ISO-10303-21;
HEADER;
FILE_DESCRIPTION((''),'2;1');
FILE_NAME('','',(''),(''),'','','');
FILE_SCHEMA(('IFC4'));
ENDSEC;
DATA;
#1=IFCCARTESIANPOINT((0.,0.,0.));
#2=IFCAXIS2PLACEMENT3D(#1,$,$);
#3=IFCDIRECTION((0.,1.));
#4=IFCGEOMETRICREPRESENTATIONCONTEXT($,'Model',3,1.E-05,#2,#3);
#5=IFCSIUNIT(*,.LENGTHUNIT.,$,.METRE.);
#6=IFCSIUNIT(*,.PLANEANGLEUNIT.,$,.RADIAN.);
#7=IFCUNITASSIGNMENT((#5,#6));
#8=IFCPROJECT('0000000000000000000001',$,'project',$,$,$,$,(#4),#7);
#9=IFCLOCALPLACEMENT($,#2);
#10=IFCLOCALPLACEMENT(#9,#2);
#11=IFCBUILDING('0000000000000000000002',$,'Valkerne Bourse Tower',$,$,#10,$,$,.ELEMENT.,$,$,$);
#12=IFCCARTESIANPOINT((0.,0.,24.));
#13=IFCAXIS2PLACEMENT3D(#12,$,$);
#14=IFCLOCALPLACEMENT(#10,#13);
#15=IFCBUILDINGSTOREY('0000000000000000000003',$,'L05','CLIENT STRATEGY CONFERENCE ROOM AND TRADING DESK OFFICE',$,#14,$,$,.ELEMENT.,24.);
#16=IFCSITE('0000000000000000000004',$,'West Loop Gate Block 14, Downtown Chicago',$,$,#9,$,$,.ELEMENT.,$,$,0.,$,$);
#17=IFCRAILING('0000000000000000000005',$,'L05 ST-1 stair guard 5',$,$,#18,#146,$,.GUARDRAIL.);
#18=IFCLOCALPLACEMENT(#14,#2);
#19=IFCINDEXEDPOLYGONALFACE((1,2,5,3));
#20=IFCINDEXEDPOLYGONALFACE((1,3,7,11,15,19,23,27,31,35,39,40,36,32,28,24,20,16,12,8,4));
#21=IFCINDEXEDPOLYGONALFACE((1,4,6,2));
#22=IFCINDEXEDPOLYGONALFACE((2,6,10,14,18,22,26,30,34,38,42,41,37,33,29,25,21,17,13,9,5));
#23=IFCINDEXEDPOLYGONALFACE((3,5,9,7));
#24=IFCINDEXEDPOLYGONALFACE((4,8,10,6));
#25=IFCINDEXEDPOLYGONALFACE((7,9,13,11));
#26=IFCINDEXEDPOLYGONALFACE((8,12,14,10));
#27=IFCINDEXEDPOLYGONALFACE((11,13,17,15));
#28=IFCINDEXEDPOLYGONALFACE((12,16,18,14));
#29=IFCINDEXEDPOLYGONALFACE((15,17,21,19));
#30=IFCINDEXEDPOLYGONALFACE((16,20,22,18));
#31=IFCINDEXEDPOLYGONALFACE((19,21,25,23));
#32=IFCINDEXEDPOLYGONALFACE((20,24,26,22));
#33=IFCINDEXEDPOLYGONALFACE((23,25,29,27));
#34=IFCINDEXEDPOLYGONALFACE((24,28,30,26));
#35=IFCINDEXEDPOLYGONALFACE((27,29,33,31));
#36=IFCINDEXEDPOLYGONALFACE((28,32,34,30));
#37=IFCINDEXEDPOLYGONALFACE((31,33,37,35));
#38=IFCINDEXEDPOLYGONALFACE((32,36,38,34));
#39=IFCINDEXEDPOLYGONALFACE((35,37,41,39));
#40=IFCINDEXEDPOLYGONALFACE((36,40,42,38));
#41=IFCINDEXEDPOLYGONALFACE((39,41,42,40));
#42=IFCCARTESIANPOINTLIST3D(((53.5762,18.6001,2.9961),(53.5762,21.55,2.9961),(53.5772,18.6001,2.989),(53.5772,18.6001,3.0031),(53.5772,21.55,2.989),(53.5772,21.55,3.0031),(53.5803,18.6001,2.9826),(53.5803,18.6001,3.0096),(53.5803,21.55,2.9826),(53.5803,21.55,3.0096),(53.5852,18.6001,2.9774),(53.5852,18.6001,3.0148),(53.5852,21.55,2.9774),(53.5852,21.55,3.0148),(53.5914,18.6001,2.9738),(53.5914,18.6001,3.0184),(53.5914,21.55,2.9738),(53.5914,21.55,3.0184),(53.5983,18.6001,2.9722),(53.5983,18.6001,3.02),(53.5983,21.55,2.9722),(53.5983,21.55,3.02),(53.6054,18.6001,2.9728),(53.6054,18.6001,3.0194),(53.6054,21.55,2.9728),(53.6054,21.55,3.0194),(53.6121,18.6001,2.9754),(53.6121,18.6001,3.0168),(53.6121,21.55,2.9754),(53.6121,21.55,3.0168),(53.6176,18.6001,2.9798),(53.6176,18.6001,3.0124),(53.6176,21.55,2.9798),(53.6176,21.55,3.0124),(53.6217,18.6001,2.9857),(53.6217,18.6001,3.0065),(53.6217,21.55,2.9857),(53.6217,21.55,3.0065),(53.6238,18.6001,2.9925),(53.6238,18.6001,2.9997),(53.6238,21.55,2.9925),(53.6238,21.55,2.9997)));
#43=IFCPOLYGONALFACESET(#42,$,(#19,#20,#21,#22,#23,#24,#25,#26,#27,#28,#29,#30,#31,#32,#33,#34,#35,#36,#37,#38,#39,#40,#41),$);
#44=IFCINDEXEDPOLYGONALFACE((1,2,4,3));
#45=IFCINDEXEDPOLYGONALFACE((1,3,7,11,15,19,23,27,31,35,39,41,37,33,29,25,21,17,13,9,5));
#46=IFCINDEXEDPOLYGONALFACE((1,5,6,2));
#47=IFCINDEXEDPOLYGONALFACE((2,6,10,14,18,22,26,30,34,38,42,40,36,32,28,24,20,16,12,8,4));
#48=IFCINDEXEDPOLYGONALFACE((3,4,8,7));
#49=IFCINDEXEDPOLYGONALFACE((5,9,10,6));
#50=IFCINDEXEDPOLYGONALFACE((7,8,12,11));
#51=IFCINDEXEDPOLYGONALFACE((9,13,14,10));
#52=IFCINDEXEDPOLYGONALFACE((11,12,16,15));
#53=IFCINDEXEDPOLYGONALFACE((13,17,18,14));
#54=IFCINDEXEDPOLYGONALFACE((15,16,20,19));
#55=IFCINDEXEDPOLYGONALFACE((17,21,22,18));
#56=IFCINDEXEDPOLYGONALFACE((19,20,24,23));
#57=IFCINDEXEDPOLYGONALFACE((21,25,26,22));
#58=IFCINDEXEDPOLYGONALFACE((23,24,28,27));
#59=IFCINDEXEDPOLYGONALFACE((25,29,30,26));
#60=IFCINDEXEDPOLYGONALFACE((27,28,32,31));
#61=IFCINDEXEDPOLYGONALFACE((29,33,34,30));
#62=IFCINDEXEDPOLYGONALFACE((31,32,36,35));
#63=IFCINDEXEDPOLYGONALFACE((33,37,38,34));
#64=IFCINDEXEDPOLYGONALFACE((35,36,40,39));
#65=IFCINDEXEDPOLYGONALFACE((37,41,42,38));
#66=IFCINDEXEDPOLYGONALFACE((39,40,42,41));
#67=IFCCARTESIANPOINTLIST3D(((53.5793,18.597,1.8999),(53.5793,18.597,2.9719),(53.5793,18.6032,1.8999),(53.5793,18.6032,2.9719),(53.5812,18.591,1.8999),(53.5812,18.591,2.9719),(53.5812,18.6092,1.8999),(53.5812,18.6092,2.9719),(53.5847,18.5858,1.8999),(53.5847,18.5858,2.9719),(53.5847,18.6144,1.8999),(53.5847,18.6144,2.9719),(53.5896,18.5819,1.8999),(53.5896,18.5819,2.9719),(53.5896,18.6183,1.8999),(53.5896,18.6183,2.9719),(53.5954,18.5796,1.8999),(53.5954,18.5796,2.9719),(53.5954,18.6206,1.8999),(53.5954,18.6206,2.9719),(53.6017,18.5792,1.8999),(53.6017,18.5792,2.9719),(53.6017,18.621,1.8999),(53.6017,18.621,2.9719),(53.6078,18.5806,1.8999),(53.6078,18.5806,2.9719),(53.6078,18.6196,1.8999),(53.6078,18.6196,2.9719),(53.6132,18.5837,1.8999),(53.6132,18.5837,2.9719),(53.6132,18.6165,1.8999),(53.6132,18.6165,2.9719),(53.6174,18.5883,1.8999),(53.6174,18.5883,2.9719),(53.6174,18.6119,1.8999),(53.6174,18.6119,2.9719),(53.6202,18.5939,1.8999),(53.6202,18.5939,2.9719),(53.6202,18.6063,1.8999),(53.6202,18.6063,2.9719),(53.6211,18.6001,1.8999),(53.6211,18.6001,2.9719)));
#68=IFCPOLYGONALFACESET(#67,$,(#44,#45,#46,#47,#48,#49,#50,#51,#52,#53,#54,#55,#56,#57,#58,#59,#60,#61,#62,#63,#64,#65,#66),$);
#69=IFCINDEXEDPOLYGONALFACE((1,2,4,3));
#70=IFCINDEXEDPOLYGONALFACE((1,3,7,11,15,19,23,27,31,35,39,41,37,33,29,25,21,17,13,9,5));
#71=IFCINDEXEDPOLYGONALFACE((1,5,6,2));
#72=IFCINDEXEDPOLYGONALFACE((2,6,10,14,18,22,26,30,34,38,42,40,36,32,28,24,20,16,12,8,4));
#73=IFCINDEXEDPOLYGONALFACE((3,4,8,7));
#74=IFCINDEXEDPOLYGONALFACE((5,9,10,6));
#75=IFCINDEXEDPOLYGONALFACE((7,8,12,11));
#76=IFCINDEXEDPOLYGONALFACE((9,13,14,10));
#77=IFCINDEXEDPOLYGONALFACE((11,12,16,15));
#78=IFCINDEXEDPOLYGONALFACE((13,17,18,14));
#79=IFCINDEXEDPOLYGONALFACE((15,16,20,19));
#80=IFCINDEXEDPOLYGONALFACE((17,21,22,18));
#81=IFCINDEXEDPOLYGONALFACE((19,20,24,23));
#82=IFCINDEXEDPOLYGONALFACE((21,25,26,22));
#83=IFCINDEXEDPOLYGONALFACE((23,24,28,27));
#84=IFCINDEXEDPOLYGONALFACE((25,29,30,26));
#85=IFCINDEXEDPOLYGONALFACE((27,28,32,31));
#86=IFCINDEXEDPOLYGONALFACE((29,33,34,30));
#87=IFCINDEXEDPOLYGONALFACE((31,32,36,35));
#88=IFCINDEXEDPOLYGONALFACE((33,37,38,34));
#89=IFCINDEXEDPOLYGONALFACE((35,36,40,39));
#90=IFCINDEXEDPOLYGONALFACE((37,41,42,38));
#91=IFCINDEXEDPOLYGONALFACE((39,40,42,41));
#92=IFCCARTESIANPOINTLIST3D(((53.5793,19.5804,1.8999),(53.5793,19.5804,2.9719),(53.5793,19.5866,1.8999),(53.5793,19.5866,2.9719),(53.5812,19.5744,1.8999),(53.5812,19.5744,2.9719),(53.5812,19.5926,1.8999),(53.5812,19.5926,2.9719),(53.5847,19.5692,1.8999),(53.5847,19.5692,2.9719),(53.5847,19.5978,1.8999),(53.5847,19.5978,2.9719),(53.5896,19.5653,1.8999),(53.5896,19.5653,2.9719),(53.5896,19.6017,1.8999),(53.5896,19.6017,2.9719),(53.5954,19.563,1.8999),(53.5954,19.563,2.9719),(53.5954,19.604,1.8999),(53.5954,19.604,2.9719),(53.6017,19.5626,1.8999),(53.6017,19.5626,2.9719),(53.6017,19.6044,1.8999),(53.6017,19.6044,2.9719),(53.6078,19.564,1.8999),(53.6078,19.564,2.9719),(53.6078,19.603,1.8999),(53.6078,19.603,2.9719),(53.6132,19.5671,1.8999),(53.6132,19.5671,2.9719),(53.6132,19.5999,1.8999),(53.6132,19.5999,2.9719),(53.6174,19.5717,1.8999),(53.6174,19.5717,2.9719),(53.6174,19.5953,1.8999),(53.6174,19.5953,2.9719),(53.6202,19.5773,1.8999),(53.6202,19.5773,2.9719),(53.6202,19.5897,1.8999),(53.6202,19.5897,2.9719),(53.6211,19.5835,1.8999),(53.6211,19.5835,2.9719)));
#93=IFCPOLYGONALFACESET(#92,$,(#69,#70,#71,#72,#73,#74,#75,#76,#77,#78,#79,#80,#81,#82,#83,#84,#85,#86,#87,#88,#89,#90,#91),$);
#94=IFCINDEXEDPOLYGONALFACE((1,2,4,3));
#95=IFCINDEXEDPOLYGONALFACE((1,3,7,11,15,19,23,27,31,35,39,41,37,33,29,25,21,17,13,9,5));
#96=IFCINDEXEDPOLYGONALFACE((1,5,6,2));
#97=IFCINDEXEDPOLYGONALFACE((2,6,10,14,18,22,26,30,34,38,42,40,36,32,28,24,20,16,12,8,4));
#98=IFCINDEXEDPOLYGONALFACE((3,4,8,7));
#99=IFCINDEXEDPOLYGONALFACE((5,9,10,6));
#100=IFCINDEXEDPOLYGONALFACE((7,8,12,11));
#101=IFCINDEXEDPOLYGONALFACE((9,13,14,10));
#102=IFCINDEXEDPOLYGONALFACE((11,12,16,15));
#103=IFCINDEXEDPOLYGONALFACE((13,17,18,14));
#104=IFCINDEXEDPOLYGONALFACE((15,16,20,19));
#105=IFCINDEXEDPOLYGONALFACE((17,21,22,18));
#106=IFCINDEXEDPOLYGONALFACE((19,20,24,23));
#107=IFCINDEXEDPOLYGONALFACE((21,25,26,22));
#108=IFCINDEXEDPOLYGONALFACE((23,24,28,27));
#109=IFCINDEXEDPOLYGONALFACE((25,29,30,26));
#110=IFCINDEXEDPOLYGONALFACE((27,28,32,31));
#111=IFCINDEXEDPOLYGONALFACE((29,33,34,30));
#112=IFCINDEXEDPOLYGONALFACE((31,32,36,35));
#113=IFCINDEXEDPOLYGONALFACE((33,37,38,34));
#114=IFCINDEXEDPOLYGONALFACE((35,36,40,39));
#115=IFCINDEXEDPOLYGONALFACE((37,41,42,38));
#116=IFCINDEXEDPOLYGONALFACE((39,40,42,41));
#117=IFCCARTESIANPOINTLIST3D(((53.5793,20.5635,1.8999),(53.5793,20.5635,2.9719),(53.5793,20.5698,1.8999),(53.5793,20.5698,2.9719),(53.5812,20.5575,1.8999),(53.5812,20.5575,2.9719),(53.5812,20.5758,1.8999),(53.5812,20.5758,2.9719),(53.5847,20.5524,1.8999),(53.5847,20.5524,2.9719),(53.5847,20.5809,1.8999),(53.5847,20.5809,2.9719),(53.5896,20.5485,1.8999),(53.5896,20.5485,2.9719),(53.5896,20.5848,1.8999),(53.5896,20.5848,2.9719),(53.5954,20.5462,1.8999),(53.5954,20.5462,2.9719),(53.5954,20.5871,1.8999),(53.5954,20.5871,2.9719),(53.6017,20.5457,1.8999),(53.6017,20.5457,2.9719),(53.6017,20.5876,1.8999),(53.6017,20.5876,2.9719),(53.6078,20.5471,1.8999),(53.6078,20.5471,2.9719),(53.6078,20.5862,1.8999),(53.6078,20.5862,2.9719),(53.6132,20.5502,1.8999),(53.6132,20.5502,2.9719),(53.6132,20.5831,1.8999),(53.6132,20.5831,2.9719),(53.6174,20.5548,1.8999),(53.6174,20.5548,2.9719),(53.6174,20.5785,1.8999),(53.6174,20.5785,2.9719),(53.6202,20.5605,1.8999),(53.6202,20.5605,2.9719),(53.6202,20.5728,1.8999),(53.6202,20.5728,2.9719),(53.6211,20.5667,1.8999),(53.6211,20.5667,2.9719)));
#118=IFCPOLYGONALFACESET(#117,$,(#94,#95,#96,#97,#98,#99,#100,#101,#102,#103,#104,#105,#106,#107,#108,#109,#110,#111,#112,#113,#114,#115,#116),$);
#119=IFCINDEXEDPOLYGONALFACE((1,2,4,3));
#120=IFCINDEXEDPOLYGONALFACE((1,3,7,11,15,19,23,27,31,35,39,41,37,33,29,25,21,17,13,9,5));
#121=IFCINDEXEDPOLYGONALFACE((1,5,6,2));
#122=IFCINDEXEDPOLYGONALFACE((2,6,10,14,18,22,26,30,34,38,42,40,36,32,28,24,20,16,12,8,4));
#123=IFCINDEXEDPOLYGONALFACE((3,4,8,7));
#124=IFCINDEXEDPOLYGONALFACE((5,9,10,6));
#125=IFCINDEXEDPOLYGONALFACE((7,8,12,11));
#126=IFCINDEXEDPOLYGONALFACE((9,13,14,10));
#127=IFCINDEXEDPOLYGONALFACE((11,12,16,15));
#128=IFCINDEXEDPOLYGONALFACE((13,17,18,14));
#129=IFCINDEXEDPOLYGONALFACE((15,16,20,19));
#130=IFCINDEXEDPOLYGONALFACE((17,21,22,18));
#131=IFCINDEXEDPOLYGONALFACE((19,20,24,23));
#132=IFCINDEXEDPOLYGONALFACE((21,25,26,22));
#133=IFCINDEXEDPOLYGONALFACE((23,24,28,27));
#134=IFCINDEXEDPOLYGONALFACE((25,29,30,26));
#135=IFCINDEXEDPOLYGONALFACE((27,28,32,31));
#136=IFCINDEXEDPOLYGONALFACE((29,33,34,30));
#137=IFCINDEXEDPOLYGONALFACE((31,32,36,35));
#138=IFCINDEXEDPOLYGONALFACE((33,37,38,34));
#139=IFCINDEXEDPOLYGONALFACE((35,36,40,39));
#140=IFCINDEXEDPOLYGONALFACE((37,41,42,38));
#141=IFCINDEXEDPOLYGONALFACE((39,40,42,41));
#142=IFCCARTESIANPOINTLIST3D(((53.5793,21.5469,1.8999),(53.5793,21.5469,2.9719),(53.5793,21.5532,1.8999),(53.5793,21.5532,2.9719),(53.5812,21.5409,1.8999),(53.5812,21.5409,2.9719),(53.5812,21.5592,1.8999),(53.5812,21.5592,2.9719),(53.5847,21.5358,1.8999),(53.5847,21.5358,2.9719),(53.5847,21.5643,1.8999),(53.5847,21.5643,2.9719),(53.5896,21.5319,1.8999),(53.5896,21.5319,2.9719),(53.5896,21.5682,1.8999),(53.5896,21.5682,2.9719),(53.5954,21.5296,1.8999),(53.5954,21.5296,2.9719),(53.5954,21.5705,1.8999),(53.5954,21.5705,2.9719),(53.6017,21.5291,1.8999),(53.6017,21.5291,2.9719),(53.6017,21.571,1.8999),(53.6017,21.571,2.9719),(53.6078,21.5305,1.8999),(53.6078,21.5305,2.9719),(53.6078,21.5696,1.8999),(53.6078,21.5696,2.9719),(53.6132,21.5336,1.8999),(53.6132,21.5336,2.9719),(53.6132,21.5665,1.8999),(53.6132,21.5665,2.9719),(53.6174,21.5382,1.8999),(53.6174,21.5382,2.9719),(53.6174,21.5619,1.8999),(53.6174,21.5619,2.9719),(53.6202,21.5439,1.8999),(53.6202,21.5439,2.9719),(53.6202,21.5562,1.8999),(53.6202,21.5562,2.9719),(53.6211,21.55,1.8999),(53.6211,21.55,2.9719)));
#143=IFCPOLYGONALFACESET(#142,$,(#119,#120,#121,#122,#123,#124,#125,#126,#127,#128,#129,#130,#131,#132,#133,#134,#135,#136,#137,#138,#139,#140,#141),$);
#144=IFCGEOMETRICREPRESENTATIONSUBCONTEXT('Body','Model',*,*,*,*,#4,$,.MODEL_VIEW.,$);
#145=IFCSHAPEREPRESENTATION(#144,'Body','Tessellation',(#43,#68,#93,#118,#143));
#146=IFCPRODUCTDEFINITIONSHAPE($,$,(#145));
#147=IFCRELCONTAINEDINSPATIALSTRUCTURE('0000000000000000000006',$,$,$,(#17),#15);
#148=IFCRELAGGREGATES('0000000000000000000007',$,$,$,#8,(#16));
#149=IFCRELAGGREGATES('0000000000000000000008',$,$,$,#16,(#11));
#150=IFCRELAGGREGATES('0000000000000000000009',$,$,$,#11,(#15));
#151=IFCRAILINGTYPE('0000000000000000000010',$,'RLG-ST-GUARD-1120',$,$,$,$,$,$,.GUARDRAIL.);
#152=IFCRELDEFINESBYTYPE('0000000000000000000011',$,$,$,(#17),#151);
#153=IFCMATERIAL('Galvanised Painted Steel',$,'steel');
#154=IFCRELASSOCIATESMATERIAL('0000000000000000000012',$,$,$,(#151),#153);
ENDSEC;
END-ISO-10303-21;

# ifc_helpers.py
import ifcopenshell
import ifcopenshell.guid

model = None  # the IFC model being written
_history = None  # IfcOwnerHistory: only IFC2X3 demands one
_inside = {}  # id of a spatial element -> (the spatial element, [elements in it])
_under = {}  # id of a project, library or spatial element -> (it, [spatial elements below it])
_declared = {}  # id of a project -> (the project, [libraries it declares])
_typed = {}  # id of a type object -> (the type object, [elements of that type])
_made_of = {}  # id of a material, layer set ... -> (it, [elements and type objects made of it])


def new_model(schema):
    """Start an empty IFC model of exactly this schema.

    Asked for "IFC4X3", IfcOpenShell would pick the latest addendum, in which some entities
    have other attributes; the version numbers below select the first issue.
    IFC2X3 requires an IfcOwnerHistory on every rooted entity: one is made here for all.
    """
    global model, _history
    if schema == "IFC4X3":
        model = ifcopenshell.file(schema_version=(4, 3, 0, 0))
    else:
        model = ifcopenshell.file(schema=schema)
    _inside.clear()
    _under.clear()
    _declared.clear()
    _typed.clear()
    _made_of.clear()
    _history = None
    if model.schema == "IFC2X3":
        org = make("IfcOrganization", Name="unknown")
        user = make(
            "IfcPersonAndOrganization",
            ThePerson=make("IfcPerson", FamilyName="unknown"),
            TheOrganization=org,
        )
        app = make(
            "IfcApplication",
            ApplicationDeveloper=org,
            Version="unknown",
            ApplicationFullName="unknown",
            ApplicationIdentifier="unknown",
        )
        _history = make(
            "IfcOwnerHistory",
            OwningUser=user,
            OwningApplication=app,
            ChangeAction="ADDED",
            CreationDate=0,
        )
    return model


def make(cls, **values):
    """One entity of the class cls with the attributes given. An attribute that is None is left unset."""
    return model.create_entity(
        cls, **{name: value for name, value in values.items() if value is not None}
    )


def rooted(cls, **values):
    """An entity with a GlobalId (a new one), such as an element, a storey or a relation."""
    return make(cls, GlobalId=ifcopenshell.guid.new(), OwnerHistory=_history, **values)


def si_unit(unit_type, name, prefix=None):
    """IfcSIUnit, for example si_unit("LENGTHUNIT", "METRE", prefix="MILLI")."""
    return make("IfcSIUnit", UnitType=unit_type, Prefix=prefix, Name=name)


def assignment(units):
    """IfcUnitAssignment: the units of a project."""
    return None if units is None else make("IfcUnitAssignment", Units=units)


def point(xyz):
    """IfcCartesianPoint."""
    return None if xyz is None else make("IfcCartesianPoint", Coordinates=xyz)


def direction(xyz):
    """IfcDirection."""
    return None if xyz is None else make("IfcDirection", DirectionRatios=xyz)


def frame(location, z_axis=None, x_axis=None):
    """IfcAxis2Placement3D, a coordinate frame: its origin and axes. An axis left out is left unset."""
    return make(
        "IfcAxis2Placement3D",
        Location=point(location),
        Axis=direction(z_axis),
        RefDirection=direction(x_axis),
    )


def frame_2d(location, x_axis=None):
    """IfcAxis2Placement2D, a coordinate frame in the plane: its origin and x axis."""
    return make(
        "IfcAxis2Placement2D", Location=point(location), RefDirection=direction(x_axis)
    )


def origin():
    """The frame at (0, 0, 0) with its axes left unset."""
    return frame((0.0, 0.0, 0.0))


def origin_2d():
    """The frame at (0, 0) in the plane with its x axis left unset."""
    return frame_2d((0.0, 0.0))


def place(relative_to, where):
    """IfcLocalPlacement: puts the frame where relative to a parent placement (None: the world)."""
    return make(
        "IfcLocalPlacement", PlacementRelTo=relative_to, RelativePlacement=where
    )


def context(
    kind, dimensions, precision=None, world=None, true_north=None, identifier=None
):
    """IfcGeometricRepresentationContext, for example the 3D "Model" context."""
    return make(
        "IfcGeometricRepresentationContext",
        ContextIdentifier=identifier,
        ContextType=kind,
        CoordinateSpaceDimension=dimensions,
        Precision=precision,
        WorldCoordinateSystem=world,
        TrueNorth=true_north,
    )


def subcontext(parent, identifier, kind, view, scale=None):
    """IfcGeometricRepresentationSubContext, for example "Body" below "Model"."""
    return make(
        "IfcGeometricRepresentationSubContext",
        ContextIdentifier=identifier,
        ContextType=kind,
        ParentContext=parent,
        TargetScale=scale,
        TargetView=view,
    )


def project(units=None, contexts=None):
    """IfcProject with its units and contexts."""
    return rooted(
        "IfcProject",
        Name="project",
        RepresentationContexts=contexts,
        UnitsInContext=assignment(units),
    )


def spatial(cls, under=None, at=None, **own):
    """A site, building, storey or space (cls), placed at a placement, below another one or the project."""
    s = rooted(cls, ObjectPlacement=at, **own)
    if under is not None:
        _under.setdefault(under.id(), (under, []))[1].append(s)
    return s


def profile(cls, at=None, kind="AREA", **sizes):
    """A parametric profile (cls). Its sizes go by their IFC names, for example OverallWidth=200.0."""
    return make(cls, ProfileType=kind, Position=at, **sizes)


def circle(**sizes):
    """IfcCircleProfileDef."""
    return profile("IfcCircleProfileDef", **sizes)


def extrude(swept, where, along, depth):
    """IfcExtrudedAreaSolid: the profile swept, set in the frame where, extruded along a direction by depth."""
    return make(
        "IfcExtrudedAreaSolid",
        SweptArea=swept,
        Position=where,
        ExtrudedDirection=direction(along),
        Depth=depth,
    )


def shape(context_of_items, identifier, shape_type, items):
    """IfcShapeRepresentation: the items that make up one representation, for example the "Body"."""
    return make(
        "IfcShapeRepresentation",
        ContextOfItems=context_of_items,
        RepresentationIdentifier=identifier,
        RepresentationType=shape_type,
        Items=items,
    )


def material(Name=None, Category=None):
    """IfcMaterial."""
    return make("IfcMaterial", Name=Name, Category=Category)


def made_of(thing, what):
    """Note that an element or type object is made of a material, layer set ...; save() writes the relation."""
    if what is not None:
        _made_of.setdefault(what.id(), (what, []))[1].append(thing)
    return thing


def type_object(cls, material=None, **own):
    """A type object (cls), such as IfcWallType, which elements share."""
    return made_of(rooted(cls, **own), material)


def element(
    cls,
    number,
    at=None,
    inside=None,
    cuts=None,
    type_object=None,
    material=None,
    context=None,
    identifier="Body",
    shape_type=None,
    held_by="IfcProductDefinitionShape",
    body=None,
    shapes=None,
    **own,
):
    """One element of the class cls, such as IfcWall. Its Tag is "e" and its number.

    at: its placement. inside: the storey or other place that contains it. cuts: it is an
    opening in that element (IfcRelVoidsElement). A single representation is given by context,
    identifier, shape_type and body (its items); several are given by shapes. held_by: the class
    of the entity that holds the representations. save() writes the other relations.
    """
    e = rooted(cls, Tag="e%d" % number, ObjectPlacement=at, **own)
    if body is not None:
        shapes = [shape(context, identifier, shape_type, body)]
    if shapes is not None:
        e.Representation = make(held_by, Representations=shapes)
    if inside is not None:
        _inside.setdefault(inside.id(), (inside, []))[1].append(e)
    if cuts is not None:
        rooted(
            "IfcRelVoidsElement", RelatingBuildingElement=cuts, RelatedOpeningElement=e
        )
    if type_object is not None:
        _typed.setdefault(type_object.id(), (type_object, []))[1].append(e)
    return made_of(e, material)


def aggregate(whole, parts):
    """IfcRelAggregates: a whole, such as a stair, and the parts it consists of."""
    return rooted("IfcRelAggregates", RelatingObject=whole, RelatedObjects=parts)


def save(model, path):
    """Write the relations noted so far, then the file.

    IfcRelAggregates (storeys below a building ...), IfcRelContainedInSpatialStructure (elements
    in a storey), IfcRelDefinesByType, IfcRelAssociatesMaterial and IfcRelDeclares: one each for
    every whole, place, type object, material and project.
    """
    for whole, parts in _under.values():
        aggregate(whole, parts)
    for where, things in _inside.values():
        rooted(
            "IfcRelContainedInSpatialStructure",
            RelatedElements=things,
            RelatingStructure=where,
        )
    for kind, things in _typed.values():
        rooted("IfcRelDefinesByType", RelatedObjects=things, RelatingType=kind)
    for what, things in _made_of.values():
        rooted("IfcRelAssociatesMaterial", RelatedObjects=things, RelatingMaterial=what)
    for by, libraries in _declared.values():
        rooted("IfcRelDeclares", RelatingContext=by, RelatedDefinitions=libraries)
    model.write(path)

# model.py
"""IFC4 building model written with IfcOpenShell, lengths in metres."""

from ifc_helpers import new_model, si_unit, direction, frame, origin, origin_2d, place, context, subcontext, project, spatial, circle, extrude, material, type_object, element, save


model = new_model("IFC4")

# Units and contexts
model_context = context("Model", 3, precision=1e-05, world=origin(), true_north=direction((0.0, 1.0)))
body_context = subcontext(model_context, "Body", "Model", "MODEL_VIEW")
ifc_project = project(units=[si_unit("LENGTHUNIT", "METRE"), si_unit("PLANEANGLEUNIT", "RADIAN")], contexts=[model_context])

# Site, building, storey
site_placement = place(None, origin())
site = spatial("IfcSite", under=ifc_project, at=site_placement, Name="West Loop Gate Block 14, Downtown Chicago", CompositionType="ELEMENT", RefElevation=0.0)
building_placement = place(site_placement, origin())
building = spatial("IfcBuilding", under=site, at=building_placement, Name="Valkerne Bourse Tower", CompositionType="ELEMENT")
storey_placement = place(building_placement, frame((0.0, 0.0, 24.0)))
storey = spatial("IfcBuildingStorey", under=building, at=storey_placement, Name="L05", Description="CLIENT STRATEGY CONFERENCE ROOM AND TRADING DESK OFFICE", CompositionType="ELEMENT", Elevation=24.0)

# Shared definitions
ifc_material_1 = material(Name="Galvanised Painted Steel", Category="steel")

# Railing
railing_type_1 = type_object("IfcRailingType", Name="RLG-ST-GUARD-1120", PredefinedType="GUARDRAIL", material=ifc_material_1)
railing_1_placement = place(storey_placement, frame((53.6001, 18.6001, 1.8999)))
element("IfcRailing", 1, at=railing_1_placement, inside=storey, type_object=railing_type_1, Name="L05 ST-1 stair guard 5", PredefinedType="GUARDRAIL", context=body_context, shape_type="SweptSolid", body=[
    extrude(circle(Radius=0.0239, at=origin_2d()), frame((0.0, 0.0, 1.0962), z_axis=(0.0, 1.0, 0.0), x_axis=(-1.0, 0.0, 0.0)), (0.0, 0.0, 1.0), 2.95),
    extrude(circle(Radius=0.021, at=origin_2d()), origin(), (0.0, 0.0, 1.0), 1.072),
    extrude(circle(Radius=0.021, at=origin_2d()), frame((0.0, 0.9834, 0.0)), (0.0, 0.0, 1.0), 1.072),
    extrude(circle(Radius=0.021, at=origin_2d()), frame((0.0, 1.9666, 0.0)), (0.0, 0.0, 1.0), 1.072),
    extrude(circle(Radius=0.021, at=origin_2d()), frame((0.0, 2.95, 0.0)), (0.0, 0.0, 1.0), 1.072),
])

save(model, "model.ifc")
